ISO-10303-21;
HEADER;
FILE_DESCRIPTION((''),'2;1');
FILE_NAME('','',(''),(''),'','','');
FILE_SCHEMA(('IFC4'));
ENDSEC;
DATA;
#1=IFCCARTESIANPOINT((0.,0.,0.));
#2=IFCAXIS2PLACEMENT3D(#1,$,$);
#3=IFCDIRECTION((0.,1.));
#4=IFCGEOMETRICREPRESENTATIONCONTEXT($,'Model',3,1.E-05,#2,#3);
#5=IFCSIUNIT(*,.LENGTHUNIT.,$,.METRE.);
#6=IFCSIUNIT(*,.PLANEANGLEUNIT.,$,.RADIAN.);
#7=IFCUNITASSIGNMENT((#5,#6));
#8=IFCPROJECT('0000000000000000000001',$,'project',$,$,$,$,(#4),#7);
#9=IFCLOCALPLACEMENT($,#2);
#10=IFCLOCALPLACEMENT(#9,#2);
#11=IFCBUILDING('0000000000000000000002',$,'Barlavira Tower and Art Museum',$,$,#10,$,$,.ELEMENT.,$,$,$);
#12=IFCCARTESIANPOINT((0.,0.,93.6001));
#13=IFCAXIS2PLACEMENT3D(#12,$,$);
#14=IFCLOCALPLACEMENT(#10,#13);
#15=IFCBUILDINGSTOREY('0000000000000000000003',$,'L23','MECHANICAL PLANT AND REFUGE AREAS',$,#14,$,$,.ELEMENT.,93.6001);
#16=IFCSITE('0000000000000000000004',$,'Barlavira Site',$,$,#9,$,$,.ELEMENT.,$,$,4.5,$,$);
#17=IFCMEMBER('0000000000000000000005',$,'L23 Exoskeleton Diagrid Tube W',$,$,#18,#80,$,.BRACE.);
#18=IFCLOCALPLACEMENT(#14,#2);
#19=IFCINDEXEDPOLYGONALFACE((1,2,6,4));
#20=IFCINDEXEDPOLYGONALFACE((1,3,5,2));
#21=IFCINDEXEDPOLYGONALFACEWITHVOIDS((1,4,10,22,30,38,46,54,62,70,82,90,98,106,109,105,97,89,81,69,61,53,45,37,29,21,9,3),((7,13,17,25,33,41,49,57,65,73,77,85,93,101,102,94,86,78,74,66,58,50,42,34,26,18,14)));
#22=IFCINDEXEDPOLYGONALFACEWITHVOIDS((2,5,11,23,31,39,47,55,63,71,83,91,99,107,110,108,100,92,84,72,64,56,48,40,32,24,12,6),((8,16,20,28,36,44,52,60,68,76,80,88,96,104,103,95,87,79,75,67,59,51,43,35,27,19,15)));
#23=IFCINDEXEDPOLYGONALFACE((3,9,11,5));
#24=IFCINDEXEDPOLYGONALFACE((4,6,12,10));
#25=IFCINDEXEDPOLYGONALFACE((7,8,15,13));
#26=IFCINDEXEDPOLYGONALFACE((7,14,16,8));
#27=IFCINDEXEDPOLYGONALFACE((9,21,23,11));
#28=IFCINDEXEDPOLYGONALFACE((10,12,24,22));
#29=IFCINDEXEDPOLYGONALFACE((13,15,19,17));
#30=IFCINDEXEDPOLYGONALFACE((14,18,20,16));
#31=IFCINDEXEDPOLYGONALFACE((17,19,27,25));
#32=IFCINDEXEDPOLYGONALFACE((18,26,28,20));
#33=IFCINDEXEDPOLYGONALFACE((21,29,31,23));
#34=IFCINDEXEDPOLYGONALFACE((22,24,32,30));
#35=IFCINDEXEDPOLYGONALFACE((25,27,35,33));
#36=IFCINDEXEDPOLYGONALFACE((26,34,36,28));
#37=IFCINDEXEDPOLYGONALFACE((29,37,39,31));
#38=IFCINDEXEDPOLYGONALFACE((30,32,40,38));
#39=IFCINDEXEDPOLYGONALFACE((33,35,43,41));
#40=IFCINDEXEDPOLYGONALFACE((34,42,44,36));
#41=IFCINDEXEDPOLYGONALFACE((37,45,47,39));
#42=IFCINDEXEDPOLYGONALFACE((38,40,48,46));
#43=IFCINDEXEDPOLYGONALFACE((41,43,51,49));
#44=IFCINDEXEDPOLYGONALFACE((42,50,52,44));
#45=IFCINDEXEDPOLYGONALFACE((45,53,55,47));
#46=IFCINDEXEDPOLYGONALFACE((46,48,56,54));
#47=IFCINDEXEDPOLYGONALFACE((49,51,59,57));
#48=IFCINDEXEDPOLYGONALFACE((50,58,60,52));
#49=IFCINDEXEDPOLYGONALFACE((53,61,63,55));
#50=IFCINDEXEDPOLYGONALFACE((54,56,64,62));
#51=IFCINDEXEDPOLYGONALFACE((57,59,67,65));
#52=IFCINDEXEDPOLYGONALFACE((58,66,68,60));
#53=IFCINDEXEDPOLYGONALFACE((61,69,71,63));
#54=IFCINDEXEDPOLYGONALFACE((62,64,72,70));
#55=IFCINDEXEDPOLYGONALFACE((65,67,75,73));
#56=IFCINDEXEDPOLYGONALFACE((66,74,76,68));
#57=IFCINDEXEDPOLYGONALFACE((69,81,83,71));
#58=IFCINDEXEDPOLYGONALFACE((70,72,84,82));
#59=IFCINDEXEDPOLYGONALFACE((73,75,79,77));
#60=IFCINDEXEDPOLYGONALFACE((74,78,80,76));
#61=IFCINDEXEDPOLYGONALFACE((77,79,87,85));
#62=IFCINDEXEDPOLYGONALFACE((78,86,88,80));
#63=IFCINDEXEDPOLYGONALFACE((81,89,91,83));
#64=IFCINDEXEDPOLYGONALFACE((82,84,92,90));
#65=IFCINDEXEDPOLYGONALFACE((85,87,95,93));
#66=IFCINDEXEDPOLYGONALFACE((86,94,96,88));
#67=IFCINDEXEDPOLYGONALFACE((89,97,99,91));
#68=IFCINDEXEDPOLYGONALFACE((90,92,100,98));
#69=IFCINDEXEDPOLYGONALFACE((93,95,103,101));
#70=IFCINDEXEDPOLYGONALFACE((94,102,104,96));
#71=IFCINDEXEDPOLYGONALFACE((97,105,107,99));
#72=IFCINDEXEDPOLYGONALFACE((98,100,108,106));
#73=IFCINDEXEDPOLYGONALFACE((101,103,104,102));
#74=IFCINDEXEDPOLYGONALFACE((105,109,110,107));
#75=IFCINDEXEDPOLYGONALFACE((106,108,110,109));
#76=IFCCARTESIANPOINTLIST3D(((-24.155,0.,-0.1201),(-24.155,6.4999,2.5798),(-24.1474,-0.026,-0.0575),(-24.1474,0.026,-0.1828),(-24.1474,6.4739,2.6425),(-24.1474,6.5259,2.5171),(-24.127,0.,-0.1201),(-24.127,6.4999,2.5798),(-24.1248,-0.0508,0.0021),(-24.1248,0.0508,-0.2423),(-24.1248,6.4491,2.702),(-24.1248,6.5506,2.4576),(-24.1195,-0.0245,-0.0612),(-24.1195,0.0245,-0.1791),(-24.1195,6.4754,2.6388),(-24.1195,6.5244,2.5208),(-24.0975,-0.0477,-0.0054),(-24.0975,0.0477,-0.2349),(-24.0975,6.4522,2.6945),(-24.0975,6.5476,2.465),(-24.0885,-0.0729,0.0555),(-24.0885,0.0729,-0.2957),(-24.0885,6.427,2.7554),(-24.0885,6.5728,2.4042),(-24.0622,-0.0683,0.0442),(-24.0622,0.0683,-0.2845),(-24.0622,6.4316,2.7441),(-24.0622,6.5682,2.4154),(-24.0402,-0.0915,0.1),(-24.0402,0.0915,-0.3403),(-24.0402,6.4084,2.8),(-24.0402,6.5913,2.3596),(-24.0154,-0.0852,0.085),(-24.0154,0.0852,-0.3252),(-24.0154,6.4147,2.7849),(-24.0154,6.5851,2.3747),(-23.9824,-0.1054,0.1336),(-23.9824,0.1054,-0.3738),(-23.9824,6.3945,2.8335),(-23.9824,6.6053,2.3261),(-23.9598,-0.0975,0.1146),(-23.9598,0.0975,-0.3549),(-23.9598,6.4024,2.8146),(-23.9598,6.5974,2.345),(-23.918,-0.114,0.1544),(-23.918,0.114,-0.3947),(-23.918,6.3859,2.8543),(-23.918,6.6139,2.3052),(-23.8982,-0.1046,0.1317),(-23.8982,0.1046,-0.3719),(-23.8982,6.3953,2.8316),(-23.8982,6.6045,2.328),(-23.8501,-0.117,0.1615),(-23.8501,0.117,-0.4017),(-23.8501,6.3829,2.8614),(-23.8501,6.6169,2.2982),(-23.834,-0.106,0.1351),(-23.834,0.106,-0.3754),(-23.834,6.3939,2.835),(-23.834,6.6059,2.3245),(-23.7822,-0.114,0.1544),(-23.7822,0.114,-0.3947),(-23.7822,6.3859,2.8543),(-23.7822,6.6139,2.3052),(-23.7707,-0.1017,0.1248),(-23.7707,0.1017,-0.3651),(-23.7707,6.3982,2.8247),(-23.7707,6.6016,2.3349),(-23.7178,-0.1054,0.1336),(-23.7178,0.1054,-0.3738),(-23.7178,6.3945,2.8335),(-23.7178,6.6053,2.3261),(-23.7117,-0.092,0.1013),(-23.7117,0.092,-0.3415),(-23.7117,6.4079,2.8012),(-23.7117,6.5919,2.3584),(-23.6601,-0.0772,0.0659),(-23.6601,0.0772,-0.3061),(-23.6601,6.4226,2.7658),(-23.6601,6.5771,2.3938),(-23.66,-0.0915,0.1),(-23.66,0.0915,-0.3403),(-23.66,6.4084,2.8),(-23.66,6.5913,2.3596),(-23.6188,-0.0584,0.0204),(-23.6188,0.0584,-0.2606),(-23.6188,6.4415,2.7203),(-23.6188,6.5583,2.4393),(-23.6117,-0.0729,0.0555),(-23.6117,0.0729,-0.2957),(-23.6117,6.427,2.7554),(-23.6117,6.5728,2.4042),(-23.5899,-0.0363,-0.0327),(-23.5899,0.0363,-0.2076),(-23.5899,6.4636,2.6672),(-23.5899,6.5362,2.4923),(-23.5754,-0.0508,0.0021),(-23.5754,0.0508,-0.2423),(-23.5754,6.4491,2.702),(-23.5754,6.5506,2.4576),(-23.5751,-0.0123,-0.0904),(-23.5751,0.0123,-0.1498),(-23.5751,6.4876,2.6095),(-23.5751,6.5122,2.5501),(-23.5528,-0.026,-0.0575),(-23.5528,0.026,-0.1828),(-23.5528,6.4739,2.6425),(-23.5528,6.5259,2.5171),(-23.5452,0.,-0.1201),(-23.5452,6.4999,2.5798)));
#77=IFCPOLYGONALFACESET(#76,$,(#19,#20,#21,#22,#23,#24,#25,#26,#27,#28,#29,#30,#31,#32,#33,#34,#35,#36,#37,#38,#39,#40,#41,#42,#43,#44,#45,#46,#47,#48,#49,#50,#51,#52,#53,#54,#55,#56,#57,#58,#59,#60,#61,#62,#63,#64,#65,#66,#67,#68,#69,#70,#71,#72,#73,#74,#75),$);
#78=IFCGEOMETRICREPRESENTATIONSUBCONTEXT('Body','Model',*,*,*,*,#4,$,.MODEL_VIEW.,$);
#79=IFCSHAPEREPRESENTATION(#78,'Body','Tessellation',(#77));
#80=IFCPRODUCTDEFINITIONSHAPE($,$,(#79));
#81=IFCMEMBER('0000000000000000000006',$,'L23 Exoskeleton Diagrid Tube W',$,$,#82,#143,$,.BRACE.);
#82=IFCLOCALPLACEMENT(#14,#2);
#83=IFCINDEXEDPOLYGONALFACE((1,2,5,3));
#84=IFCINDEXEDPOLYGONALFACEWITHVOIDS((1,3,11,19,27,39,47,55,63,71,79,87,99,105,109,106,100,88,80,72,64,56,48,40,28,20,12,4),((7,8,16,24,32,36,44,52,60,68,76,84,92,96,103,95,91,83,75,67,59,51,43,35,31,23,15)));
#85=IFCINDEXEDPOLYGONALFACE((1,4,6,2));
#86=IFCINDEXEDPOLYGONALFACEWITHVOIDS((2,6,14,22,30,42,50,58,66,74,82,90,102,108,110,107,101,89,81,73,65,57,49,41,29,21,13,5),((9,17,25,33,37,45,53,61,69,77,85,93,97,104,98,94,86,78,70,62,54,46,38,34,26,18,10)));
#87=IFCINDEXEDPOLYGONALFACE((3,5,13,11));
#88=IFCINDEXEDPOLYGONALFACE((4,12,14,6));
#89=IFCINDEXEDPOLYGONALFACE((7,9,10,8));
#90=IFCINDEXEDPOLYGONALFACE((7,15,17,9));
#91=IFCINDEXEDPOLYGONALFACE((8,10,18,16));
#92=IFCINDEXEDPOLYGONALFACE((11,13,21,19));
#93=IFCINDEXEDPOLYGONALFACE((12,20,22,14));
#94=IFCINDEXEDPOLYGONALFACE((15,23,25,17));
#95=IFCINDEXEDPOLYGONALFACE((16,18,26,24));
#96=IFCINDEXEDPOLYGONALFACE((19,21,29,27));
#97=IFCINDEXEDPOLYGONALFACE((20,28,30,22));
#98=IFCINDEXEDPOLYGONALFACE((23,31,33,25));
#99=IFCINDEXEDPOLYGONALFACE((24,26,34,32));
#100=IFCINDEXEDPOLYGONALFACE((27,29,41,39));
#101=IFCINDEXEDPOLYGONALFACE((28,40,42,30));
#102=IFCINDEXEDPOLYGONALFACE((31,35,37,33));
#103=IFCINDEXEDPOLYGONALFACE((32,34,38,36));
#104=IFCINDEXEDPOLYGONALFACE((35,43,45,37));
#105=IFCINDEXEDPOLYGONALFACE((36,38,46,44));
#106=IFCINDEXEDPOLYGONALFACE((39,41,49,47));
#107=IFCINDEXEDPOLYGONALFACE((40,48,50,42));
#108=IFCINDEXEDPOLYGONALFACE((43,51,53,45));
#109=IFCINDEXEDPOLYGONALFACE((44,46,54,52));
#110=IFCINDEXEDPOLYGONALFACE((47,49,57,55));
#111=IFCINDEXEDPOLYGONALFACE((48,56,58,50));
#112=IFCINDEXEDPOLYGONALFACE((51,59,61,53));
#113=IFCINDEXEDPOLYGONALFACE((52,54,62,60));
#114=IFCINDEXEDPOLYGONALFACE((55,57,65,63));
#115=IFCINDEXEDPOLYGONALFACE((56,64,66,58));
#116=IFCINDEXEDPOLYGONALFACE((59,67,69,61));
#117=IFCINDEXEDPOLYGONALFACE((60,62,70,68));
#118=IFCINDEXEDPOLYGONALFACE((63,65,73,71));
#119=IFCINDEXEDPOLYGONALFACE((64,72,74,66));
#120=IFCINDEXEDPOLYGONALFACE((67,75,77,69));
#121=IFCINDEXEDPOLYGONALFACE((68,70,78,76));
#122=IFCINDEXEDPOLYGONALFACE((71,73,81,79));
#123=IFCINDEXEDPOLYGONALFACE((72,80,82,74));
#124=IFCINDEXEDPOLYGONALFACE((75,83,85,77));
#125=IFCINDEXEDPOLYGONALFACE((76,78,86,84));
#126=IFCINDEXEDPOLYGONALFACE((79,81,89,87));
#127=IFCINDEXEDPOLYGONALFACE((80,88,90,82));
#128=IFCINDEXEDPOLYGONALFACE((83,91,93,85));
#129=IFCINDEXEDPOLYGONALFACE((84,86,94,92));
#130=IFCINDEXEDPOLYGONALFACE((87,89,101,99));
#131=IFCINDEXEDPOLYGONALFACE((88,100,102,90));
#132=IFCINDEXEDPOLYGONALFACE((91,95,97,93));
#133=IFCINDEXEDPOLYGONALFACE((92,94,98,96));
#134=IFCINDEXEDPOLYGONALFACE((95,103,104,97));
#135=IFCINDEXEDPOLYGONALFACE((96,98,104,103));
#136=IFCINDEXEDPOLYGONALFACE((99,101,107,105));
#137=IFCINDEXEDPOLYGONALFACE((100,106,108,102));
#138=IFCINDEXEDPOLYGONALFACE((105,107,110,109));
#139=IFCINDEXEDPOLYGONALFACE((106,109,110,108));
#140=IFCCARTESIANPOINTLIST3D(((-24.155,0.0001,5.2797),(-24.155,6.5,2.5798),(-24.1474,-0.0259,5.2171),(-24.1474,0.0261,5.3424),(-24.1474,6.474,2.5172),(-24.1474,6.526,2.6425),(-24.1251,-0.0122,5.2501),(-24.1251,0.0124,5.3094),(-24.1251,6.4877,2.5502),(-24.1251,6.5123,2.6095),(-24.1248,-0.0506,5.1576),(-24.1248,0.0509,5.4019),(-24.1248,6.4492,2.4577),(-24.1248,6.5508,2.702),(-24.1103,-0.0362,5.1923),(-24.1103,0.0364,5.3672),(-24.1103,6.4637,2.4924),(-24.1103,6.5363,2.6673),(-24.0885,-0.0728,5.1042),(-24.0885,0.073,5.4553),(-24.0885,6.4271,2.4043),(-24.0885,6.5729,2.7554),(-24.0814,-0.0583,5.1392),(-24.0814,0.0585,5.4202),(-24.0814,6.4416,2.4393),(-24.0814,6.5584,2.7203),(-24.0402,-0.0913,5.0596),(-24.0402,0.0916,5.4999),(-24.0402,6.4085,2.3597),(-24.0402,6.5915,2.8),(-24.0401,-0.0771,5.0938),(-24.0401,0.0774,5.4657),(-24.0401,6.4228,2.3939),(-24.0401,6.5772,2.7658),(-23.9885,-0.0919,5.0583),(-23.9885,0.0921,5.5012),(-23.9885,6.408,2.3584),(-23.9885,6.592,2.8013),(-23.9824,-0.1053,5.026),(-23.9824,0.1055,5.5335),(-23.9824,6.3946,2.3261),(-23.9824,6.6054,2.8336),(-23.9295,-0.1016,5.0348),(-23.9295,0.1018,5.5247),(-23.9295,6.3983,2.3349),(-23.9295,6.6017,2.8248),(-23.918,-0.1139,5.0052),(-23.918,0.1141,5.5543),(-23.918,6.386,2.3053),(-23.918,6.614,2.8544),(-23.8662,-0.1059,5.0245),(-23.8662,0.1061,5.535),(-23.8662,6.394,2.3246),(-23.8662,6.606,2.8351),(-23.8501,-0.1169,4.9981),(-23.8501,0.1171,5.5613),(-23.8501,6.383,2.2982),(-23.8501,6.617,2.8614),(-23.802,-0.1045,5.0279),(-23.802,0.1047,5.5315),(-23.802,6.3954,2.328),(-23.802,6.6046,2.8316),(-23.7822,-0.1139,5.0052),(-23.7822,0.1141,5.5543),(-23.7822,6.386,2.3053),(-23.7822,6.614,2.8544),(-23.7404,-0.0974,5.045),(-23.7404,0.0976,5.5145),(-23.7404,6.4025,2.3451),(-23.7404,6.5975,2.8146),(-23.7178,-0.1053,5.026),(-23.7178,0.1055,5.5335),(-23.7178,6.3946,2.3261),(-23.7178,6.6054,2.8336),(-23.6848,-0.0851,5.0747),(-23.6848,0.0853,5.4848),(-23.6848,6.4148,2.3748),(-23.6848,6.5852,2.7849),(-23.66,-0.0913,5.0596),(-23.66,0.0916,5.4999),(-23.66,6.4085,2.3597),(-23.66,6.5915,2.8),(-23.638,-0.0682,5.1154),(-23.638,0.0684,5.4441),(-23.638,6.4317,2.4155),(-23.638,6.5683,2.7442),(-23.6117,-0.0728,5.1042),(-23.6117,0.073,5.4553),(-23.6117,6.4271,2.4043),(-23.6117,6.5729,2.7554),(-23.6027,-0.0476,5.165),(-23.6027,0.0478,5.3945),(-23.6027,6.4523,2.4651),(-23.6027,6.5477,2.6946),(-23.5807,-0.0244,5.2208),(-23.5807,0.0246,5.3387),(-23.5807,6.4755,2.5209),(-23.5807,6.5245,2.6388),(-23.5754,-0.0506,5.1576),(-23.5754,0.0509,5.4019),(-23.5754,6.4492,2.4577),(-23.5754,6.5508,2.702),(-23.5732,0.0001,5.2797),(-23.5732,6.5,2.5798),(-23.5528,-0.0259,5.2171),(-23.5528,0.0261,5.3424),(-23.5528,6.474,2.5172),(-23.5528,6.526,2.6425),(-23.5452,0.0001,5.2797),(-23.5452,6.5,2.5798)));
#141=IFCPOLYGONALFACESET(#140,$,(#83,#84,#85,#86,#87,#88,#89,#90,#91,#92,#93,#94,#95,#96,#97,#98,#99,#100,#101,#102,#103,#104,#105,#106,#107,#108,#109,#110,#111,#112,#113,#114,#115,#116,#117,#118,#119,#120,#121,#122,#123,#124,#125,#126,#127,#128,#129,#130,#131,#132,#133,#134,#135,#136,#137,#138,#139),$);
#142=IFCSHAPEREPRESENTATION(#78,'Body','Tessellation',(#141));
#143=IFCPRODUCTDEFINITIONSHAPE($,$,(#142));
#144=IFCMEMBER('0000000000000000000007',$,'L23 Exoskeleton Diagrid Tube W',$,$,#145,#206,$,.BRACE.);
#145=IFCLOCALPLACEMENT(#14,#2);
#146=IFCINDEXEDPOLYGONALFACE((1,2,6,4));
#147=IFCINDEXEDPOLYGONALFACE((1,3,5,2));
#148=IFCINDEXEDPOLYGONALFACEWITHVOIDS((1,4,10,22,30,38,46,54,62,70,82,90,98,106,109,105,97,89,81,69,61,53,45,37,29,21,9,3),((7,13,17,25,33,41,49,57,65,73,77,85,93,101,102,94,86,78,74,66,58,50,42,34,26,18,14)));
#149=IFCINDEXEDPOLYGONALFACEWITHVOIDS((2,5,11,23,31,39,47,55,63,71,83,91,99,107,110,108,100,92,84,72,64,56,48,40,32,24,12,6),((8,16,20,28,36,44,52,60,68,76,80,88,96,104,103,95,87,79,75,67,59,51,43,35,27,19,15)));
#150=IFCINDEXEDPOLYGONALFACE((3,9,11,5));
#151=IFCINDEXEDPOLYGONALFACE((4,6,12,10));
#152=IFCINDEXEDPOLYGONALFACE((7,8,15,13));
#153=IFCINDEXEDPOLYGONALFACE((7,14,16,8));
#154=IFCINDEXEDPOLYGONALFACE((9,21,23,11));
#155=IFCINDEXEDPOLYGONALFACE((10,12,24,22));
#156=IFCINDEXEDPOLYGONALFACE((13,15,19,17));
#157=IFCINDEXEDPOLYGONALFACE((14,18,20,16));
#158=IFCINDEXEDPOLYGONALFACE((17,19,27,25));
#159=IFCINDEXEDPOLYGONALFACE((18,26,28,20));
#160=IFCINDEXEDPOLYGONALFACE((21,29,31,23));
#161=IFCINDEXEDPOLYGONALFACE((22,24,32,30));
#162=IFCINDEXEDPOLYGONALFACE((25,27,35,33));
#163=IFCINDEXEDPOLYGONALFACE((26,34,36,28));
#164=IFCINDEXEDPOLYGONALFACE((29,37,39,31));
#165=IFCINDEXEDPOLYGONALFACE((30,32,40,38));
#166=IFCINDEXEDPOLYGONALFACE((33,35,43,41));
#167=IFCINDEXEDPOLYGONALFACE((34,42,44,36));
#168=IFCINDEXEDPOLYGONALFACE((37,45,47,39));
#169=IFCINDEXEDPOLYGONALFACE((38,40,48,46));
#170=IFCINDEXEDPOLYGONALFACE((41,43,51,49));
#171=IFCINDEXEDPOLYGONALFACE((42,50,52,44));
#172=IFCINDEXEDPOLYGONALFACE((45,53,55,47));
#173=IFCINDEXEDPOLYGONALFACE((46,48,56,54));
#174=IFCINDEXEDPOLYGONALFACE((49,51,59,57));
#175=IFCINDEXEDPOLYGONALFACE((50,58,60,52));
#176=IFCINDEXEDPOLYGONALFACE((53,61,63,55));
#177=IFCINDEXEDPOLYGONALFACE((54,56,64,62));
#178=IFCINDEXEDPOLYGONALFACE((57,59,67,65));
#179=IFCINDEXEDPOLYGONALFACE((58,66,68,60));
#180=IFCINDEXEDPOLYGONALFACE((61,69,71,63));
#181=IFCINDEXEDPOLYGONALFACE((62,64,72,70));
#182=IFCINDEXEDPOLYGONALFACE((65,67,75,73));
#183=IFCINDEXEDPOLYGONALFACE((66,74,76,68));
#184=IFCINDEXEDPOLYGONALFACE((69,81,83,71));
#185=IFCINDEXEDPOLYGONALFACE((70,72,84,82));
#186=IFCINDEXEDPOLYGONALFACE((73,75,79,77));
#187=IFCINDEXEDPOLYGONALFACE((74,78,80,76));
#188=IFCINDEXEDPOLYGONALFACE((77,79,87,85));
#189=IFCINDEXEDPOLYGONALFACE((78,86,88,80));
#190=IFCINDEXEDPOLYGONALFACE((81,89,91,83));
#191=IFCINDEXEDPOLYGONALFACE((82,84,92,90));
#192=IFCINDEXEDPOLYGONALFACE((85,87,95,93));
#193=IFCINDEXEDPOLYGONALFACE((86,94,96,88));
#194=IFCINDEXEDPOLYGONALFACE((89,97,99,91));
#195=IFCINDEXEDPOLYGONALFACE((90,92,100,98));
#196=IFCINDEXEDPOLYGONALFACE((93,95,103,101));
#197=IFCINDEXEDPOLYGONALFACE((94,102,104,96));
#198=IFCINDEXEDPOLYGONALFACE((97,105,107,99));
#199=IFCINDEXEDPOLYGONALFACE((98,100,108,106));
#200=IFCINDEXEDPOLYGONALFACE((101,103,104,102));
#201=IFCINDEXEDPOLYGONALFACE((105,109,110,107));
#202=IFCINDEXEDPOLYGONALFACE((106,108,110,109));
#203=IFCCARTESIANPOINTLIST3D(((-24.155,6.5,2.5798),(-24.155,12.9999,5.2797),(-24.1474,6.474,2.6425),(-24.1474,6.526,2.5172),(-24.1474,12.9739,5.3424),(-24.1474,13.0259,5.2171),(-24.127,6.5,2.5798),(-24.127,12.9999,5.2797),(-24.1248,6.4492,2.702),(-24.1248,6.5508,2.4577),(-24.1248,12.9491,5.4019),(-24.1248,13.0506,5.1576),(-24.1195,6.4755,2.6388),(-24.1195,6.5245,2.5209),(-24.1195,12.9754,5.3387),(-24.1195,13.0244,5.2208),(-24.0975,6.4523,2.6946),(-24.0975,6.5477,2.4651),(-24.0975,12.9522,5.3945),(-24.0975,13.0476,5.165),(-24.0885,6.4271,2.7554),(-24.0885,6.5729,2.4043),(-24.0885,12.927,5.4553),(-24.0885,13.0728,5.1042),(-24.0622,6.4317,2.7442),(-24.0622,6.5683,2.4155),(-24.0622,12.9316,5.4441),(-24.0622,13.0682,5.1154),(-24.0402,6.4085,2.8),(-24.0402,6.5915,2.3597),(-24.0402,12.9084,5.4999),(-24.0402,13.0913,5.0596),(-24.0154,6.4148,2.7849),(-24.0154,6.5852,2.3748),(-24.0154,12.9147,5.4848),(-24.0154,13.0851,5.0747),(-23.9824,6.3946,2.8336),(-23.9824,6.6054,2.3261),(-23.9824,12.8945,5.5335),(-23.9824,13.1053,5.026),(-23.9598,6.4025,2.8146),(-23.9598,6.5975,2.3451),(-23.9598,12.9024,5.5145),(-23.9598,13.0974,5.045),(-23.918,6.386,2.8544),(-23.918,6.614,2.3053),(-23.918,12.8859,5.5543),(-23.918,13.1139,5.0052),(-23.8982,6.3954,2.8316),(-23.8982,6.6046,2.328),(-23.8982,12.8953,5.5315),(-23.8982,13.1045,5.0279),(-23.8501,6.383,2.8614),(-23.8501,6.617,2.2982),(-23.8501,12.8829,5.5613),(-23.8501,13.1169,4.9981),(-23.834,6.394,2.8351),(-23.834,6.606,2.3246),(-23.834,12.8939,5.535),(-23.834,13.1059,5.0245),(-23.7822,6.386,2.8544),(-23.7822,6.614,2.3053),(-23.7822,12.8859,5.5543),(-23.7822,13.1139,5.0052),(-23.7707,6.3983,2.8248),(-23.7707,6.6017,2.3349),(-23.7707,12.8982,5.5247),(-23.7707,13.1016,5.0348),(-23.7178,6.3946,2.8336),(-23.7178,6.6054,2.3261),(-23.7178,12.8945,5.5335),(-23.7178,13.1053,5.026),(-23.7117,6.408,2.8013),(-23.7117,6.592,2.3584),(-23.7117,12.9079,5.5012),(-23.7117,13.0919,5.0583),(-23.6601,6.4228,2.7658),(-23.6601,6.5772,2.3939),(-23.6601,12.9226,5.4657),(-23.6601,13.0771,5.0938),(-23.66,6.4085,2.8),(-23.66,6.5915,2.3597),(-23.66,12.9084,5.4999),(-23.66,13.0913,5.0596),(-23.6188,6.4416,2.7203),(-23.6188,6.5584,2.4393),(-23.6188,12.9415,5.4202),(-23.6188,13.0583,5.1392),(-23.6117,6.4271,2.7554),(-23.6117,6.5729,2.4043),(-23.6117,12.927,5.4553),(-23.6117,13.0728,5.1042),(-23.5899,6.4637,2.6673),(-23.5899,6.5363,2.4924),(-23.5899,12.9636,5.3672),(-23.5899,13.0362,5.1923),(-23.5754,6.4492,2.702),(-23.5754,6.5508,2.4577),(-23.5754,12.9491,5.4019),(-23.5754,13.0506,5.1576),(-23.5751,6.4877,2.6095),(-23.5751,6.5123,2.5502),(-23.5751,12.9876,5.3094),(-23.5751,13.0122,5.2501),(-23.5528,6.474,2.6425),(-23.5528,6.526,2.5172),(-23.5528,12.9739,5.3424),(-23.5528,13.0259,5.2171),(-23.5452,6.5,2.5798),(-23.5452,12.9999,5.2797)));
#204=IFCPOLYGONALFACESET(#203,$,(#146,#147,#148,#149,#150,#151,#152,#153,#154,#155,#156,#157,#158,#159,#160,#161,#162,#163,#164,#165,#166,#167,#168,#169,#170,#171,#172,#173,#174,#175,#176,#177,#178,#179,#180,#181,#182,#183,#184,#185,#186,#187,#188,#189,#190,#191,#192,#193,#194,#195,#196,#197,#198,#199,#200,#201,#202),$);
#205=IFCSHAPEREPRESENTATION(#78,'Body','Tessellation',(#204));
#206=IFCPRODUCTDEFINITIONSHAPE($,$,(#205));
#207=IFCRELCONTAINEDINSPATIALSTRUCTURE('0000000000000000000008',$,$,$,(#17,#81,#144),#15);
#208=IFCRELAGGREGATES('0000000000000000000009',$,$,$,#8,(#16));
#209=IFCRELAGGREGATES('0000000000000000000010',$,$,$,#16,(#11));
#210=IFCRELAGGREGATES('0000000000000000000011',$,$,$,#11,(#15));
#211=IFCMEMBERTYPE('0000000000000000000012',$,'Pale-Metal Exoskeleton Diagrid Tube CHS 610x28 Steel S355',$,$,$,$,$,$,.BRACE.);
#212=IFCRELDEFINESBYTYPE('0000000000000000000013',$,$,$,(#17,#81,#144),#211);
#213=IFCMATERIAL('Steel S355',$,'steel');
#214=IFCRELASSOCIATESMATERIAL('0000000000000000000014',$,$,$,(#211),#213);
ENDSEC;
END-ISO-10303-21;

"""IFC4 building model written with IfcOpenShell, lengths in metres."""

from ifc_helpers import new_model, si_unit, direction, frame, origin, origin_2d, place, context, subcontext, project, spatial, hollow_circle, extrude, material, material_profile, profile_set, type_object, element, save


model = new_model("IFC4")

# Units and contexts
model_context = context("Model", 3, precision=1e-05, world=origin(), true_north=direction((0.0, 1.0)))
body_context = subcontext(model_context, "Body", "Model", "MODEL_VIEW")
ifc_project = project(units=[si_unit("LENGTHUNIT", "METRE"), si_unit("PLANEANGLEUNIT", "RADIAN")], contexts=[model_context])

# Site, building, storey
site_placement = place(None, origin())
site = spatial("IfcSite", under=ifc_project, at=site_placement, Name="Barlavira Site", CompositionType="ELEMENT", RefElevation=4.5)
building_placement = place(site_placement, origin())
building = spatial("IfcBuilding", under=site, at=building_placement, Name="Barlavira Tower and Art Museum", CompositionType="ELEMENT")
storey_placement = place(building_placement, frame((0.0, 0.0, 93.6001)))
storey = spatial("IfcBuildingStorey", under=building, at=storey_placement, Name="L23", Description="MECHANICAL PLANT AND REFUGE AREAS", CompositionType="ELEMENT", Elevation=93.6001)

# Members
ifc_material_1 = material(Name="Steel S355", Category="steel")
ifc_material_profile_1 = material_profile(ifc_material_1, hollow_circle(Radius=0.3049, WallThickness=0.0281, at=origin_2d()), Name="CHS 610.0x28.0")
ifc_profile_set_1 = profile_set([ifc_material_profile_1], Name="Steel S355")
member_type_1 = type_object("IfcMemberType", Name="Pale-Metal Exoskeleton Diagrid Tube CHS 610x28 Steel S355", PredefinedType="BRACE", material=ifc_profile_set_1)
for number, where, z_axis, x_axis, name in (
    (1, (-23.8501, 0.0, -0.1201), (0.0, 0.923499, 0.3836), (-1.0, 0.0, 0.0), "L23 Exoskeleton Diagrid Tube W"),
    (2, (-23.8501, 6.5, 2.5798), (0.0, -0.923499, 0.3836), (1.0, 0.0, 0.0), "L23 Exoskeleton Diagrid Tube W"),
    (3, (-23.8501, 6.5, 2.5798), (0.0, 0.923499, 0.3836), (-1.0, 0.0, 0.0), "L23 Exoskeleton Diagrid Tube W"),
):
    element("IfcMember", number, at=place(storey_placement, frame(where, z_axis=z_axis, x_axis=x_axis)), inside=storey, type_object=member_type_1, Name=name, PredefinedType="BRACE", context=body_context, shape_type="SweptSolid", body=[
        extrude(hollow_circle(Radius=0.3049, WallThickness=0.0281, at=origin_2d()), origin(), (0.0, 0.0, 1.0), 7.0383),
    ])

save(model, "model.ifc")
